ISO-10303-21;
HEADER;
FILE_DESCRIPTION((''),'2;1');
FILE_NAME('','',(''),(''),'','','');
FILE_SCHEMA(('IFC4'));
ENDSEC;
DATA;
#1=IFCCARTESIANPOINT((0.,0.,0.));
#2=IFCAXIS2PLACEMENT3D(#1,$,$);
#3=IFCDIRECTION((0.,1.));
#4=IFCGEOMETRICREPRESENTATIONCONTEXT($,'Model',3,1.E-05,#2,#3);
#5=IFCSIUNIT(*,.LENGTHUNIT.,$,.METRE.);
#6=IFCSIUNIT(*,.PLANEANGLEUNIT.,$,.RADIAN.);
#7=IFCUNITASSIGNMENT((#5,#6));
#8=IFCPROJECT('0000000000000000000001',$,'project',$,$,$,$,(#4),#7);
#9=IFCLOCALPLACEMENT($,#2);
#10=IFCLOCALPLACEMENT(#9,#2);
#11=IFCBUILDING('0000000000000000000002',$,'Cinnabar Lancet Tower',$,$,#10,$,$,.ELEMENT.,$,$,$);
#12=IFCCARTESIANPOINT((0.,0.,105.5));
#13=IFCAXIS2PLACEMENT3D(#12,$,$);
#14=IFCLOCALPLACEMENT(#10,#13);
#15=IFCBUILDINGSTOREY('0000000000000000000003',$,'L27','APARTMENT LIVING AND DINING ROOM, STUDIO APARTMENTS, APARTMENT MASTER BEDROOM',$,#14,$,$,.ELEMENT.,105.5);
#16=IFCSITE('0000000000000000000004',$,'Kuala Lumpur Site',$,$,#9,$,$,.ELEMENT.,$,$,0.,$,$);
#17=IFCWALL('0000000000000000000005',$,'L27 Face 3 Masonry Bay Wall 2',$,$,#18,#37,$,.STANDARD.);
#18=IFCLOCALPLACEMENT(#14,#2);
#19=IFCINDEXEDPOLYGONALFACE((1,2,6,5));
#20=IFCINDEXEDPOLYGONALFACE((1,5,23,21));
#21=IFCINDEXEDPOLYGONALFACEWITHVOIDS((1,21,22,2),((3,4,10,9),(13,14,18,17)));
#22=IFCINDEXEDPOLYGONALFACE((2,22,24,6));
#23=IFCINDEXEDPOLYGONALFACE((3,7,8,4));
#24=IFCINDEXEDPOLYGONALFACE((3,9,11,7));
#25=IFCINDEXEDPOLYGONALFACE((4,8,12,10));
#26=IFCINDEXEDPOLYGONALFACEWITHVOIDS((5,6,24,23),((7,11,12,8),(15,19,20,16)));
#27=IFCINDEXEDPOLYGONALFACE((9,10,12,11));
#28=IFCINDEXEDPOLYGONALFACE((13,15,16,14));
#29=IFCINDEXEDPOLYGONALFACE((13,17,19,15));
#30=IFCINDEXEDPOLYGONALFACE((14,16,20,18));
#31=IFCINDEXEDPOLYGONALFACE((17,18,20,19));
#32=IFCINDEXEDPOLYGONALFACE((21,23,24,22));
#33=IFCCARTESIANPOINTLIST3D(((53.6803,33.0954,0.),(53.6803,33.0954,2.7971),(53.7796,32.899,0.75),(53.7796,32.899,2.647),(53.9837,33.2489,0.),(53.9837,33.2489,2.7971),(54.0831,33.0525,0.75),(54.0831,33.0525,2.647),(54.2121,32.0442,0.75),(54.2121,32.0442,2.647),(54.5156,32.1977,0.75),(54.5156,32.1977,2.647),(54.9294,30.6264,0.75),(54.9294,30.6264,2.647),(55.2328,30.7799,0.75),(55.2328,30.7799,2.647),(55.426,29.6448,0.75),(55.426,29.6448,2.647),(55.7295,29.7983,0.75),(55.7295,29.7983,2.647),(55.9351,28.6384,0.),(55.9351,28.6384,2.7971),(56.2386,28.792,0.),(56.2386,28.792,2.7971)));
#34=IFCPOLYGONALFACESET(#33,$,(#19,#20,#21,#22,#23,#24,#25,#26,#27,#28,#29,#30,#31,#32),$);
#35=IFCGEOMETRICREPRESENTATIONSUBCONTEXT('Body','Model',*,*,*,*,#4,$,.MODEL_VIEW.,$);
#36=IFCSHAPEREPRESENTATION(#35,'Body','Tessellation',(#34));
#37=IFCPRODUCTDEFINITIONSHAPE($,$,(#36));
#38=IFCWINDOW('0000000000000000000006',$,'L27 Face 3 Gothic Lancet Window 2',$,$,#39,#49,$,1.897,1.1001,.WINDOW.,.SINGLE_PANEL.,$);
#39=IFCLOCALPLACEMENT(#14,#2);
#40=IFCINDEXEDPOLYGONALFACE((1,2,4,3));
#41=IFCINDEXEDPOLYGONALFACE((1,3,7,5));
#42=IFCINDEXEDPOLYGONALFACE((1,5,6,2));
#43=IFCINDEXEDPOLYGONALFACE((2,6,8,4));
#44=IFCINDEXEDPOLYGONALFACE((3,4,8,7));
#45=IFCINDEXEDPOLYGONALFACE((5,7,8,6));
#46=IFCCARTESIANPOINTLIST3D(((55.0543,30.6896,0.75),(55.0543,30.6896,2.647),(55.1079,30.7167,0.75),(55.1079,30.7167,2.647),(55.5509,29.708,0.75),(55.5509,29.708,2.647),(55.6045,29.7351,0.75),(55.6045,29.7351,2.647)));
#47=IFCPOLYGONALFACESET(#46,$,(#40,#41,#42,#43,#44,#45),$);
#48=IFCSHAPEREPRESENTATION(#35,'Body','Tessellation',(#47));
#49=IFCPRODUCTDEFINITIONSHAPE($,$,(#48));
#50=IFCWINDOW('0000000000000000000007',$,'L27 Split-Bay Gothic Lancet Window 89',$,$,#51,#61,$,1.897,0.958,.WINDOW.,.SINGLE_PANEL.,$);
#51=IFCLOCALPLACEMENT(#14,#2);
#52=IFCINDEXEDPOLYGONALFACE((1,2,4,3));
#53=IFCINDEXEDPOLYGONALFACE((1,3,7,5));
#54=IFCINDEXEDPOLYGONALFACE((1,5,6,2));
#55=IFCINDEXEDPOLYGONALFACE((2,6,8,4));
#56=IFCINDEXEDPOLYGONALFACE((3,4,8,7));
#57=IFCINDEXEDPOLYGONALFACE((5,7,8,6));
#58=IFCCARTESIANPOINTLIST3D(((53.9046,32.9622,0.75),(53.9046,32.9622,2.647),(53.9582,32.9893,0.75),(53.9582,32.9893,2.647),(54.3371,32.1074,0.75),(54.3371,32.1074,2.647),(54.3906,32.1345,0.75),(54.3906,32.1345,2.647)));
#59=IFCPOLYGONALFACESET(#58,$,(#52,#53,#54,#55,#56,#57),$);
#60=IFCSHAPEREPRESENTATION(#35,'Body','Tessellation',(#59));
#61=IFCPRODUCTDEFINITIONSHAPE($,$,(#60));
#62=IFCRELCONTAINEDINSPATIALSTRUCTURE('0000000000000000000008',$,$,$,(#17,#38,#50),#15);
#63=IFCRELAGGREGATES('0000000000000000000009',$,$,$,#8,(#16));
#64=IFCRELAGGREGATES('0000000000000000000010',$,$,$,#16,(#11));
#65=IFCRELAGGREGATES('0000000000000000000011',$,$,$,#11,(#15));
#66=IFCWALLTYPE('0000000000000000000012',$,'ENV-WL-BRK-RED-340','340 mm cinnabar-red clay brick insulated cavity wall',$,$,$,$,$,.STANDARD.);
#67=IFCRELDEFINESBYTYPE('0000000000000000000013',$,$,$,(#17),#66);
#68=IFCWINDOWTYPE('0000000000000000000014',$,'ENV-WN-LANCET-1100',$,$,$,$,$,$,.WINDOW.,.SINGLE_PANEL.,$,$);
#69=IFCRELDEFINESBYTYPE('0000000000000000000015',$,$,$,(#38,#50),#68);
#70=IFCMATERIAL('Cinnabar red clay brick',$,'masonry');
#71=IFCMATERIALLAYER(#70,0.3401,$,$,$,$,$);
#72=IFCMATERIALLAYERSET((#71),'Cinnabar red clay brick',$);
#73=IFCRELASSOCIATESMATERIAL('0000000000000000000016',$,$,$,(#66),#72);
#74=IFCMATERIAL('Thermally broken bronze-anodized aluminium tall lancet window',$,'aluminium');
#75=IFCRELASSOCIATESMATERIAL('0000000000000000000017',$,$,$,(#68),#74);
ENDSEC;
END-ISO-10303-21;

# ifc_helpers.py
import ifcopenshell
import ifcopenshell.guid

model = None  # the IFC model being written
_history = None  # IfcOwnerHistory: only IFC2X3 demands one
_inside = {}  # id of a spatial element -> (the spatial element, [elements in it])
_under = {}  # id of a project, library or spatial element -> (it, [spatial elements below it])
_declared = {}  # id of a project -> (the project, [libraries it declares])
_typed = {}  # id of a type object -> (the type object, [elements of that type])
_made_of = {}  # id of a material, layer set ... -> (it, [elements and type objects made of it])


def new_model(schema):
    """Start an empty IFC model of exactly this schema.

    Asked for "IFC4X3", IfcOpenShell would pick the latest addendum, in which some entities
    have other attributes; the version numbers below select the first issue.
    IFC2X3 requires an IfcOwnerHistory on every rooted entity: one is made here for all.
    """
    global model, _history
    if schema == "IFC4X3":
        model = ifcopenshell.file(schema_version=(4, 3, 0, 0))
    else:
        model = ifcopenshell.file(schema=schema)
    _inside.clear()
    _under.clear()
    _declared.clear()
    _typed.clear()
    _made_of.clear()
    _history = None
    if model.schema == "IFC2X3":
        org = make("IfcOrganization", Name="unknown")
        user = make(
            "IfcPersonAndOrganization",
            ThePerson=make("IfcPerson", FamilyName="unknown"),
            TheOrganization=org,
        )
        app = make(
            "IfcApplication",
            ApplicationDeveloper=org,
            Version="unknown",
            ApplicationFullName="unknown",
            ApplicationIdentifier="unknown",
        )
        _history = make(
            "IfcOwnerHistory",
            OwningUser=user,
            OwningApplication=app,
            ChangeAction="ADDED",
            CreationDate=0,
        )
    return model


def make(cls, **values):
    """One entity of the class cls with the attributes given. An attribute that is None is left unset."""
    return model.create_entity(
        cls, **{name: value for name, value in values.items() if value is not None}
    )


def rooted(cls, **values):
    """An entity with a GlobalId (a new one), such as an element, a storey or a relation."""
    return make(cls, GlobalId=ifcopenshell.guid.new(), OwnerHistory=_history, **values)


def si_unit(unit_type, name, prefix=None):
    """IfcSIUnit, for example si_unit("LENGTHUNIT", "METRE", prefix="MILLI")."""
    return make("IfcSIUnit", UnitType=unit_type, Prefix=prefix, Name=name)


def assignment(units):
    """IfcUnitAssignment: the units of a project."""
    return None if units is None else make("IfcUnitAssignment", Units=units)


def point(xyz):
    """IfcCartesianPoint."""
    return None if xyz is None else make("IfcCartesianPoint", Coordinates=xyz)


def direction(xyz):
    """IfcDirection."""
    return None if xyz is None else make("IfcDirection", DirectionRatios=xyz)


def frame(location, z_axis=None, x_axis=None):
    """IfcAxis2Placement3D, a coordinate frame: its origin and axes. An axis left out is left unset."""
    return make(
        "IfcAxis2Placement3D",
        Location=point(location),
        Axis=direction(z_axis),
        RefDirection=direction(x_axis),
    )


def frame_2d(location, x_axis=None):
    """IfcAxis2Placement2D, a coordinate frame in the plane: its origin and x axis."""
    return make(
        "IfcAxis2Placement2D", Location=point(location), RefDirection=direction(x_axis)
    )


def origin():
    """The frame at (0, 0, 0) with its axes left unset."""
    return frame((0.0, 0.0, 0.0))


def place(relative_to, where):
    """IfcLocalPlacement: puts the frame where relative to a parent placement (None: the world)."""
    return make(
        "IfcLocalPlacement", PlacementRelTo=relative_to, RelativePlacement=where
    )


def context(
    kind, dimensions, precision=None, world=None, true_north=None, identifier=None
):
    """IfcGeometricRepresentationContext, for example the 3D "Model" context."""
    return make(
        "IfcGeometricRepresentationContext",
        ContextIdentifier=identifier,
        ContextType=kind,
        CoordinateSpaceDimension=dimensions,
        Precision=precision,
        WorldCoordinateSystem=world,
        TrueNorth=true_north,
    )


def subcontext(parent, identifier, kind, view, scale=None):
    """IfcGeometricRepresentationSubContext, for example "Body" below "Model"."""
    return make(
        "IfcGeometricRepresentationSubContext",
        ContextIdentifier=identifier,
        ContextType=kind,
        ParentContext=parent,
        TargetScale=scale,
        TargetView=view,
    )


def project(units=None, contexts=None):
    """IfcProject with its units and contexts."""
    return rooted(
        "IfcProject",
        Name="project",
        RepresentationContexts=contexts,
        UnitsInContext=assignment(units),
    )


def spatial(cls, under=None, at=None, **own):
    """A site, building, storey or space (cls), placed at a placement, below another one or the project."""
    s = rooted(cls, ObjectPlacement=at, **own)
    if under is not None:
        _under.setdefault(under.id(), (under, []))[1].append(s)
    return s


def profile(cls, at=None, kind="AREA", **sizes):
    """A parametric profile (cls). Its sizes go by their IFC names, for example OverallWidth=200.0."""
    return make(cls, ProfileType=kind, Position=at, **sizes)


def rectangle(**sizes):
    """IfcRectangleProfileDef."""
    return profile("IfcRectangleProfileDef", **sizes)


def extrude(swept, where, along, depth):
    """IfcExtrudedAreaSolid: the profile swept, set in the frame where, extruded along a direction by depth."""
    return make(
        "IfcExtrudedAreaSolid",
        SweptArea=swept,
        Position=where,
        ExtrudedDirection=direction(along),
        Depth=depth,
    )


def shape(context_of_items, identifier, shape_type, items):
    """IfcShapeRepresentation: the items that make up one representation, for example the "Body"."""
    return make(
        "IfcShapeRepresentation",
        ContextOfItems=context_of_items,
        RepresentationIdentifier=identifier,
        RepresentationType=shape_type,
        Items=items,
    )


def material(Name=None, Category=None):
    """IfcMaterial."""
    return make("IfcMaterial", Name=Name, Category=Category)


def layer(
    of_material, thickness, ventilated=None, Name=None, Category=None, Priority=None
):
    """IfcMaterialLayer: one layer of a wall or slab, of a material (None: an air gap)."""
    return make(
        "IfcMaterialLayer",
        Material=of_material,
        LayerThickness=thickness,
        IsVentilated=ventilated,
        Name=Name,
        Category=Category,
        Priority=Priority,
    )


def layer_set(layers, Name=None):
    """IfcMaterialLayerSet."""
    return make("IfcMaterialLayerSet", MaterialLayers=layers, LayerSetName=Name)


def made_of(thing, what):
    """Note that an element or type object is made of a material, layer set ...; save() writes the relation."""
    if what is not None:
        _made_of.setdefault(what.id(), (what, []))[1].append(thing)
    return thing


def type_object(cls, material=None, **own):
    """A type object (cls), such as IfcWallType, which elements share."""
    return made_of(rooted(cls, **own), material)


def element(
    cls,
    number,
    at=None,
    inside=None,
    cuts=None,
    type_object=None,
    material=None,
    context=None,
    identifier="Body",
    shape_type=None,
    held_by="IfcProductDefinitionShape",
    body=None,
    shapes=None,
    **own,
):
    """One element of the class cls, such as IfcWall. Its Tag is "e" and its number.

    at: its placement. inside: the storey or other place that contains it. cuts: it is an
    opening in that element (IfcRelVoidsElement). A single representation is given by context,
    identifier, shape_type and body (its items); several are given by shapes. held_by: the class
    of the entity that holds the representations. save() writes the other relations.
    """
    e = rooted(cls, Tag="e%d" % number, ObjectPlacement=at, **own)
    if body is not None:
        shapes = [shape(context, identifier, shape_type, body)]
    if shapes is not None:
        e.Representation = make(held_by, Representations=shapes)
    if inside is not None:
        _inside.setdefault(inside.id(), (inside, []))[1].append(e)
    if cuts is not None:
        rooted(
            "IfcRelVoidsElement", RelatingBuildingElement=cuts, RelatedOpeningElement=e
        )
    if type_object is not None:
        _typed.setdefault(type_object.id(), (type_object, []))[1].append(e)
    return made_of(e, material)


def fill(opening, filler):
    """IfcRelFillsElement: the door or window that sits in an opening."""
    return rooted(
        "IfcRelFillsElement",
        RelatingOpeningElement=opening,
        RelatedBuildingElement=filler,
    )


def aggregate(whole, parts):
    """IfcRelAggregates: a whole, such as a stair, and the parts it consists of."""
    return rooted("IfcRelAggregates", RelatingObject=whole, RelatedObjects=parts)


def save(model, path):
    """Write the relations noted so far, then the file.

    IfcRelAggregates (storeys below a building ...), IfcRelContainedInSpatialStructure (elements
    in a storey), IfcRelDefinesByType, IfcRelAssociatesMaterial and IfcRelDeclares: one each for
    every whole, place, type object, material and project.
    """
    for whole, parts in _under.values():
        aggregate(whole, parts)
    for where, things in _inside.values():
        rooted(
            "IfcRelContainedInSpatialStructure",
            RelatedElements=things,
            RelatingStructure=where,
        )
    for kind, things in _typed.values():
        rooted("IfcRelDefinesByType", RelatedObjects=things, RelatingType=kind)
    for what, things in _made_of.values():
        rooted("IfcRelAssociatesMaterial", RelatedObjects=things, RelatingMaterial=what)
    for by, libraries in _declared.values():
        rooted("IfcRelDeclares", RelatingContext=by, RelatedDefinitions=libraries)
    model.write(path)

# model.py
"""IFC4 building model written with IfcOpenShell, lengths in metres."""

from ifc_helpers import new_model, si_unit, direction, frame, frame_2d, origin, place, context, subcontext, project, spatial, rectangle, extrude, material, layer, layer_set, type_object, element, fill, save


model = new_model("IFC4")

# Units and contexts
model_context = context("Model", 3, precision=1e-05, world=origin(), true_north=direction((0.0, 1.0)))
body_context = subcontext(model_context, "Body", "Model", "MODEL_VIEW")
ifc_project = project(units=[si_unit("LENGTHUNIT", "METRE"), si_unit("PLANEANGLEUNIT", "RADIAN")], contexts=[model_context])

# Site, building, storey
site_placement = place(None, origin())
site = spatial("IfcSite", under=ifc_project, at=site_placement, Name="Kuala Lumpur Site", CompositionType="ELEMENT", RefElevation=0.0)
building_placement = place(site_placement, origin())
building = spatial("IfcBuilding", under=site, at=building_placement, Name="Cinnabar Lancet Tower", CompositionType="ELEMENT")
storey_placement = place(building_placement, frame((0.0, 0.0, 105.5)))
storey = spatial("IfcBuildingStorey", under=building, at=storey_placement, Name="L27", Description="APARTMENT LIVING AND DINING ROOM, STUDIO APARTMENTS, APARTMENT MASTER BEDROOM", CompositionType="ELEMENT", Elevation=105.5)

# Shared definitions
ifc_material_1 = material(Name="Cinnabar red clay brick", Category="masonry")
ifc_layer_1 = layer(ifc_material_1, 0.3401)
ifc_layer_set_1 = layer_set([ifc_layer_1], Name="Cinnabar red clay brick")
wall_type_1 = type_object("IfcWallType", Name="ENV-WL-BRK-RED-340", Description="340 mm cinnabar-red clay brick insulated cavity wall", PredefinedType="STANDARD", material=ifc_layer_set_1)

# Wall, openings, windows
wall_1_placement = place(storey_placement, frame((56.0869, 28.7151, 0.0), z_axis=(0.0, 0.0, 1.0), x_axis=(-0.451432, 0.892306, 0.0)))
wall_1 = element("IfcWall", 1, at=wall_1_placement, inside=storey, type_object=wall_type_1, Name="L27 Face 3 Masonry Bay Wall 2", PredefinedType="STANDARD", context=body_context, shape_type="SweptSolid", body=[
    extrude(rectangle(XDim=4.9949, YDim=0.3401, at=frame_2d((2.4976, 0.0))), origin(), (0.0, 0.0, 1.0), 2.7971),
])
opening_1_placement = place(wall_1_placement, frame((1.1279, 0.0, 0.75)))
opening_1 = element("IfcOpeningElement", 2, at=opening_1_placement, cuts=wall_1, PredefinedType="OPENING", context=body_context, shape_type="SweptSolid", body=[
    extrude(rectangle(XDim=1.1001, YDim=1.897, at=frame_2d((0.55, 0.9485))), frame((0.0, 0.1799, 0.0), z_axis=(0.0, -1.0, 0.0), x_axis=(1.0, 0.0, 0.0)), (0.0, 0.0, 1.0), 0.3601),
])
opening_2_placement = place(wall_1_placement, frame((3.8169, 0.0, 0.75)))
opening_2 = element("IfcOpeningElement", 3, at=opening_2_placement, cuts=wall_1, PredefinedType="OPENING", context=body_context, shape_type="SweptSolid", body=[
    extrude(rectangle(XDim=0.958, YDim=1.897, at=frame_2d((0.479, 0.9485))), frame((0.0, 0.1799, 0.0), z_axis=(0.0, -1.0, 0.0), x_axis=(1.0, 0.0, 0.0)), (0.0, 0.0, 1.0), 0.3601),
])
ifc_material_2 = material(Name="Thermally broken bronze-anodized aluminium tall lancet window", Category="aluminium")
window_type = type_object("IfcWindowType", Name="ENV-WN-LANCET-1100", PartitioningType="SINGLE_PANEL", PredefinedType="WINDOW", material=ifc_material_2)
window_1_placement = place(opening_1_placement, origin())
window_1 = element("IfcWindow", 4, at=window_1_placement, inside=storey, type_object=window_type, Name="L27 Face 3 Gothic Lancet Window 2", OverallHeight=1.897, OverallWidth=1.1001, PartitioningType="SINGLE_PANEL", PredefinedType="WINDOW", context=body_context, shape_type="SweptSolid", body=[
    extrude(rectangle(XDim=1.1001, YDim=1.897, at=frame_2d((0.55, 0.9485))), frame((0.0, 0.03, 0.0), z_axis=(0.0, -1.0, 0.0), x_axis=(1.0, 0.0, 0.0)), (0.0, 0.0, 1.0), 0.0601),
])
fill(opening_1, window_1)
window_2_placement = place(opening_2_placement, origin())
window_2 = element("IfcWindow", 5, at=window_2_placement, inside=storey, type_object=window_type, Name="L27 Split-Bay Gothic Lancet Window 89", OverallHeight=1.897, OverallWidth=0.958, PartitioningType="SINGLE_PANEL", PredefinedType="WINDOW", context=body_context, shape_type="SweptSolid", body=[
    extrude(rectangle(XDim=0.958, YDim=1.897, at=frame_2d((0.479, 0.9485))), frame((0.0, 0.03, 0.0), z_axis=(0.0, -1.0, 0.0), x_axis=(1.0, 0.0, 0.0)), (0.0, 0.0, 1.0), 0.0601),
])
fill(opening_2, window_2)

save(model, "model.ifc")
